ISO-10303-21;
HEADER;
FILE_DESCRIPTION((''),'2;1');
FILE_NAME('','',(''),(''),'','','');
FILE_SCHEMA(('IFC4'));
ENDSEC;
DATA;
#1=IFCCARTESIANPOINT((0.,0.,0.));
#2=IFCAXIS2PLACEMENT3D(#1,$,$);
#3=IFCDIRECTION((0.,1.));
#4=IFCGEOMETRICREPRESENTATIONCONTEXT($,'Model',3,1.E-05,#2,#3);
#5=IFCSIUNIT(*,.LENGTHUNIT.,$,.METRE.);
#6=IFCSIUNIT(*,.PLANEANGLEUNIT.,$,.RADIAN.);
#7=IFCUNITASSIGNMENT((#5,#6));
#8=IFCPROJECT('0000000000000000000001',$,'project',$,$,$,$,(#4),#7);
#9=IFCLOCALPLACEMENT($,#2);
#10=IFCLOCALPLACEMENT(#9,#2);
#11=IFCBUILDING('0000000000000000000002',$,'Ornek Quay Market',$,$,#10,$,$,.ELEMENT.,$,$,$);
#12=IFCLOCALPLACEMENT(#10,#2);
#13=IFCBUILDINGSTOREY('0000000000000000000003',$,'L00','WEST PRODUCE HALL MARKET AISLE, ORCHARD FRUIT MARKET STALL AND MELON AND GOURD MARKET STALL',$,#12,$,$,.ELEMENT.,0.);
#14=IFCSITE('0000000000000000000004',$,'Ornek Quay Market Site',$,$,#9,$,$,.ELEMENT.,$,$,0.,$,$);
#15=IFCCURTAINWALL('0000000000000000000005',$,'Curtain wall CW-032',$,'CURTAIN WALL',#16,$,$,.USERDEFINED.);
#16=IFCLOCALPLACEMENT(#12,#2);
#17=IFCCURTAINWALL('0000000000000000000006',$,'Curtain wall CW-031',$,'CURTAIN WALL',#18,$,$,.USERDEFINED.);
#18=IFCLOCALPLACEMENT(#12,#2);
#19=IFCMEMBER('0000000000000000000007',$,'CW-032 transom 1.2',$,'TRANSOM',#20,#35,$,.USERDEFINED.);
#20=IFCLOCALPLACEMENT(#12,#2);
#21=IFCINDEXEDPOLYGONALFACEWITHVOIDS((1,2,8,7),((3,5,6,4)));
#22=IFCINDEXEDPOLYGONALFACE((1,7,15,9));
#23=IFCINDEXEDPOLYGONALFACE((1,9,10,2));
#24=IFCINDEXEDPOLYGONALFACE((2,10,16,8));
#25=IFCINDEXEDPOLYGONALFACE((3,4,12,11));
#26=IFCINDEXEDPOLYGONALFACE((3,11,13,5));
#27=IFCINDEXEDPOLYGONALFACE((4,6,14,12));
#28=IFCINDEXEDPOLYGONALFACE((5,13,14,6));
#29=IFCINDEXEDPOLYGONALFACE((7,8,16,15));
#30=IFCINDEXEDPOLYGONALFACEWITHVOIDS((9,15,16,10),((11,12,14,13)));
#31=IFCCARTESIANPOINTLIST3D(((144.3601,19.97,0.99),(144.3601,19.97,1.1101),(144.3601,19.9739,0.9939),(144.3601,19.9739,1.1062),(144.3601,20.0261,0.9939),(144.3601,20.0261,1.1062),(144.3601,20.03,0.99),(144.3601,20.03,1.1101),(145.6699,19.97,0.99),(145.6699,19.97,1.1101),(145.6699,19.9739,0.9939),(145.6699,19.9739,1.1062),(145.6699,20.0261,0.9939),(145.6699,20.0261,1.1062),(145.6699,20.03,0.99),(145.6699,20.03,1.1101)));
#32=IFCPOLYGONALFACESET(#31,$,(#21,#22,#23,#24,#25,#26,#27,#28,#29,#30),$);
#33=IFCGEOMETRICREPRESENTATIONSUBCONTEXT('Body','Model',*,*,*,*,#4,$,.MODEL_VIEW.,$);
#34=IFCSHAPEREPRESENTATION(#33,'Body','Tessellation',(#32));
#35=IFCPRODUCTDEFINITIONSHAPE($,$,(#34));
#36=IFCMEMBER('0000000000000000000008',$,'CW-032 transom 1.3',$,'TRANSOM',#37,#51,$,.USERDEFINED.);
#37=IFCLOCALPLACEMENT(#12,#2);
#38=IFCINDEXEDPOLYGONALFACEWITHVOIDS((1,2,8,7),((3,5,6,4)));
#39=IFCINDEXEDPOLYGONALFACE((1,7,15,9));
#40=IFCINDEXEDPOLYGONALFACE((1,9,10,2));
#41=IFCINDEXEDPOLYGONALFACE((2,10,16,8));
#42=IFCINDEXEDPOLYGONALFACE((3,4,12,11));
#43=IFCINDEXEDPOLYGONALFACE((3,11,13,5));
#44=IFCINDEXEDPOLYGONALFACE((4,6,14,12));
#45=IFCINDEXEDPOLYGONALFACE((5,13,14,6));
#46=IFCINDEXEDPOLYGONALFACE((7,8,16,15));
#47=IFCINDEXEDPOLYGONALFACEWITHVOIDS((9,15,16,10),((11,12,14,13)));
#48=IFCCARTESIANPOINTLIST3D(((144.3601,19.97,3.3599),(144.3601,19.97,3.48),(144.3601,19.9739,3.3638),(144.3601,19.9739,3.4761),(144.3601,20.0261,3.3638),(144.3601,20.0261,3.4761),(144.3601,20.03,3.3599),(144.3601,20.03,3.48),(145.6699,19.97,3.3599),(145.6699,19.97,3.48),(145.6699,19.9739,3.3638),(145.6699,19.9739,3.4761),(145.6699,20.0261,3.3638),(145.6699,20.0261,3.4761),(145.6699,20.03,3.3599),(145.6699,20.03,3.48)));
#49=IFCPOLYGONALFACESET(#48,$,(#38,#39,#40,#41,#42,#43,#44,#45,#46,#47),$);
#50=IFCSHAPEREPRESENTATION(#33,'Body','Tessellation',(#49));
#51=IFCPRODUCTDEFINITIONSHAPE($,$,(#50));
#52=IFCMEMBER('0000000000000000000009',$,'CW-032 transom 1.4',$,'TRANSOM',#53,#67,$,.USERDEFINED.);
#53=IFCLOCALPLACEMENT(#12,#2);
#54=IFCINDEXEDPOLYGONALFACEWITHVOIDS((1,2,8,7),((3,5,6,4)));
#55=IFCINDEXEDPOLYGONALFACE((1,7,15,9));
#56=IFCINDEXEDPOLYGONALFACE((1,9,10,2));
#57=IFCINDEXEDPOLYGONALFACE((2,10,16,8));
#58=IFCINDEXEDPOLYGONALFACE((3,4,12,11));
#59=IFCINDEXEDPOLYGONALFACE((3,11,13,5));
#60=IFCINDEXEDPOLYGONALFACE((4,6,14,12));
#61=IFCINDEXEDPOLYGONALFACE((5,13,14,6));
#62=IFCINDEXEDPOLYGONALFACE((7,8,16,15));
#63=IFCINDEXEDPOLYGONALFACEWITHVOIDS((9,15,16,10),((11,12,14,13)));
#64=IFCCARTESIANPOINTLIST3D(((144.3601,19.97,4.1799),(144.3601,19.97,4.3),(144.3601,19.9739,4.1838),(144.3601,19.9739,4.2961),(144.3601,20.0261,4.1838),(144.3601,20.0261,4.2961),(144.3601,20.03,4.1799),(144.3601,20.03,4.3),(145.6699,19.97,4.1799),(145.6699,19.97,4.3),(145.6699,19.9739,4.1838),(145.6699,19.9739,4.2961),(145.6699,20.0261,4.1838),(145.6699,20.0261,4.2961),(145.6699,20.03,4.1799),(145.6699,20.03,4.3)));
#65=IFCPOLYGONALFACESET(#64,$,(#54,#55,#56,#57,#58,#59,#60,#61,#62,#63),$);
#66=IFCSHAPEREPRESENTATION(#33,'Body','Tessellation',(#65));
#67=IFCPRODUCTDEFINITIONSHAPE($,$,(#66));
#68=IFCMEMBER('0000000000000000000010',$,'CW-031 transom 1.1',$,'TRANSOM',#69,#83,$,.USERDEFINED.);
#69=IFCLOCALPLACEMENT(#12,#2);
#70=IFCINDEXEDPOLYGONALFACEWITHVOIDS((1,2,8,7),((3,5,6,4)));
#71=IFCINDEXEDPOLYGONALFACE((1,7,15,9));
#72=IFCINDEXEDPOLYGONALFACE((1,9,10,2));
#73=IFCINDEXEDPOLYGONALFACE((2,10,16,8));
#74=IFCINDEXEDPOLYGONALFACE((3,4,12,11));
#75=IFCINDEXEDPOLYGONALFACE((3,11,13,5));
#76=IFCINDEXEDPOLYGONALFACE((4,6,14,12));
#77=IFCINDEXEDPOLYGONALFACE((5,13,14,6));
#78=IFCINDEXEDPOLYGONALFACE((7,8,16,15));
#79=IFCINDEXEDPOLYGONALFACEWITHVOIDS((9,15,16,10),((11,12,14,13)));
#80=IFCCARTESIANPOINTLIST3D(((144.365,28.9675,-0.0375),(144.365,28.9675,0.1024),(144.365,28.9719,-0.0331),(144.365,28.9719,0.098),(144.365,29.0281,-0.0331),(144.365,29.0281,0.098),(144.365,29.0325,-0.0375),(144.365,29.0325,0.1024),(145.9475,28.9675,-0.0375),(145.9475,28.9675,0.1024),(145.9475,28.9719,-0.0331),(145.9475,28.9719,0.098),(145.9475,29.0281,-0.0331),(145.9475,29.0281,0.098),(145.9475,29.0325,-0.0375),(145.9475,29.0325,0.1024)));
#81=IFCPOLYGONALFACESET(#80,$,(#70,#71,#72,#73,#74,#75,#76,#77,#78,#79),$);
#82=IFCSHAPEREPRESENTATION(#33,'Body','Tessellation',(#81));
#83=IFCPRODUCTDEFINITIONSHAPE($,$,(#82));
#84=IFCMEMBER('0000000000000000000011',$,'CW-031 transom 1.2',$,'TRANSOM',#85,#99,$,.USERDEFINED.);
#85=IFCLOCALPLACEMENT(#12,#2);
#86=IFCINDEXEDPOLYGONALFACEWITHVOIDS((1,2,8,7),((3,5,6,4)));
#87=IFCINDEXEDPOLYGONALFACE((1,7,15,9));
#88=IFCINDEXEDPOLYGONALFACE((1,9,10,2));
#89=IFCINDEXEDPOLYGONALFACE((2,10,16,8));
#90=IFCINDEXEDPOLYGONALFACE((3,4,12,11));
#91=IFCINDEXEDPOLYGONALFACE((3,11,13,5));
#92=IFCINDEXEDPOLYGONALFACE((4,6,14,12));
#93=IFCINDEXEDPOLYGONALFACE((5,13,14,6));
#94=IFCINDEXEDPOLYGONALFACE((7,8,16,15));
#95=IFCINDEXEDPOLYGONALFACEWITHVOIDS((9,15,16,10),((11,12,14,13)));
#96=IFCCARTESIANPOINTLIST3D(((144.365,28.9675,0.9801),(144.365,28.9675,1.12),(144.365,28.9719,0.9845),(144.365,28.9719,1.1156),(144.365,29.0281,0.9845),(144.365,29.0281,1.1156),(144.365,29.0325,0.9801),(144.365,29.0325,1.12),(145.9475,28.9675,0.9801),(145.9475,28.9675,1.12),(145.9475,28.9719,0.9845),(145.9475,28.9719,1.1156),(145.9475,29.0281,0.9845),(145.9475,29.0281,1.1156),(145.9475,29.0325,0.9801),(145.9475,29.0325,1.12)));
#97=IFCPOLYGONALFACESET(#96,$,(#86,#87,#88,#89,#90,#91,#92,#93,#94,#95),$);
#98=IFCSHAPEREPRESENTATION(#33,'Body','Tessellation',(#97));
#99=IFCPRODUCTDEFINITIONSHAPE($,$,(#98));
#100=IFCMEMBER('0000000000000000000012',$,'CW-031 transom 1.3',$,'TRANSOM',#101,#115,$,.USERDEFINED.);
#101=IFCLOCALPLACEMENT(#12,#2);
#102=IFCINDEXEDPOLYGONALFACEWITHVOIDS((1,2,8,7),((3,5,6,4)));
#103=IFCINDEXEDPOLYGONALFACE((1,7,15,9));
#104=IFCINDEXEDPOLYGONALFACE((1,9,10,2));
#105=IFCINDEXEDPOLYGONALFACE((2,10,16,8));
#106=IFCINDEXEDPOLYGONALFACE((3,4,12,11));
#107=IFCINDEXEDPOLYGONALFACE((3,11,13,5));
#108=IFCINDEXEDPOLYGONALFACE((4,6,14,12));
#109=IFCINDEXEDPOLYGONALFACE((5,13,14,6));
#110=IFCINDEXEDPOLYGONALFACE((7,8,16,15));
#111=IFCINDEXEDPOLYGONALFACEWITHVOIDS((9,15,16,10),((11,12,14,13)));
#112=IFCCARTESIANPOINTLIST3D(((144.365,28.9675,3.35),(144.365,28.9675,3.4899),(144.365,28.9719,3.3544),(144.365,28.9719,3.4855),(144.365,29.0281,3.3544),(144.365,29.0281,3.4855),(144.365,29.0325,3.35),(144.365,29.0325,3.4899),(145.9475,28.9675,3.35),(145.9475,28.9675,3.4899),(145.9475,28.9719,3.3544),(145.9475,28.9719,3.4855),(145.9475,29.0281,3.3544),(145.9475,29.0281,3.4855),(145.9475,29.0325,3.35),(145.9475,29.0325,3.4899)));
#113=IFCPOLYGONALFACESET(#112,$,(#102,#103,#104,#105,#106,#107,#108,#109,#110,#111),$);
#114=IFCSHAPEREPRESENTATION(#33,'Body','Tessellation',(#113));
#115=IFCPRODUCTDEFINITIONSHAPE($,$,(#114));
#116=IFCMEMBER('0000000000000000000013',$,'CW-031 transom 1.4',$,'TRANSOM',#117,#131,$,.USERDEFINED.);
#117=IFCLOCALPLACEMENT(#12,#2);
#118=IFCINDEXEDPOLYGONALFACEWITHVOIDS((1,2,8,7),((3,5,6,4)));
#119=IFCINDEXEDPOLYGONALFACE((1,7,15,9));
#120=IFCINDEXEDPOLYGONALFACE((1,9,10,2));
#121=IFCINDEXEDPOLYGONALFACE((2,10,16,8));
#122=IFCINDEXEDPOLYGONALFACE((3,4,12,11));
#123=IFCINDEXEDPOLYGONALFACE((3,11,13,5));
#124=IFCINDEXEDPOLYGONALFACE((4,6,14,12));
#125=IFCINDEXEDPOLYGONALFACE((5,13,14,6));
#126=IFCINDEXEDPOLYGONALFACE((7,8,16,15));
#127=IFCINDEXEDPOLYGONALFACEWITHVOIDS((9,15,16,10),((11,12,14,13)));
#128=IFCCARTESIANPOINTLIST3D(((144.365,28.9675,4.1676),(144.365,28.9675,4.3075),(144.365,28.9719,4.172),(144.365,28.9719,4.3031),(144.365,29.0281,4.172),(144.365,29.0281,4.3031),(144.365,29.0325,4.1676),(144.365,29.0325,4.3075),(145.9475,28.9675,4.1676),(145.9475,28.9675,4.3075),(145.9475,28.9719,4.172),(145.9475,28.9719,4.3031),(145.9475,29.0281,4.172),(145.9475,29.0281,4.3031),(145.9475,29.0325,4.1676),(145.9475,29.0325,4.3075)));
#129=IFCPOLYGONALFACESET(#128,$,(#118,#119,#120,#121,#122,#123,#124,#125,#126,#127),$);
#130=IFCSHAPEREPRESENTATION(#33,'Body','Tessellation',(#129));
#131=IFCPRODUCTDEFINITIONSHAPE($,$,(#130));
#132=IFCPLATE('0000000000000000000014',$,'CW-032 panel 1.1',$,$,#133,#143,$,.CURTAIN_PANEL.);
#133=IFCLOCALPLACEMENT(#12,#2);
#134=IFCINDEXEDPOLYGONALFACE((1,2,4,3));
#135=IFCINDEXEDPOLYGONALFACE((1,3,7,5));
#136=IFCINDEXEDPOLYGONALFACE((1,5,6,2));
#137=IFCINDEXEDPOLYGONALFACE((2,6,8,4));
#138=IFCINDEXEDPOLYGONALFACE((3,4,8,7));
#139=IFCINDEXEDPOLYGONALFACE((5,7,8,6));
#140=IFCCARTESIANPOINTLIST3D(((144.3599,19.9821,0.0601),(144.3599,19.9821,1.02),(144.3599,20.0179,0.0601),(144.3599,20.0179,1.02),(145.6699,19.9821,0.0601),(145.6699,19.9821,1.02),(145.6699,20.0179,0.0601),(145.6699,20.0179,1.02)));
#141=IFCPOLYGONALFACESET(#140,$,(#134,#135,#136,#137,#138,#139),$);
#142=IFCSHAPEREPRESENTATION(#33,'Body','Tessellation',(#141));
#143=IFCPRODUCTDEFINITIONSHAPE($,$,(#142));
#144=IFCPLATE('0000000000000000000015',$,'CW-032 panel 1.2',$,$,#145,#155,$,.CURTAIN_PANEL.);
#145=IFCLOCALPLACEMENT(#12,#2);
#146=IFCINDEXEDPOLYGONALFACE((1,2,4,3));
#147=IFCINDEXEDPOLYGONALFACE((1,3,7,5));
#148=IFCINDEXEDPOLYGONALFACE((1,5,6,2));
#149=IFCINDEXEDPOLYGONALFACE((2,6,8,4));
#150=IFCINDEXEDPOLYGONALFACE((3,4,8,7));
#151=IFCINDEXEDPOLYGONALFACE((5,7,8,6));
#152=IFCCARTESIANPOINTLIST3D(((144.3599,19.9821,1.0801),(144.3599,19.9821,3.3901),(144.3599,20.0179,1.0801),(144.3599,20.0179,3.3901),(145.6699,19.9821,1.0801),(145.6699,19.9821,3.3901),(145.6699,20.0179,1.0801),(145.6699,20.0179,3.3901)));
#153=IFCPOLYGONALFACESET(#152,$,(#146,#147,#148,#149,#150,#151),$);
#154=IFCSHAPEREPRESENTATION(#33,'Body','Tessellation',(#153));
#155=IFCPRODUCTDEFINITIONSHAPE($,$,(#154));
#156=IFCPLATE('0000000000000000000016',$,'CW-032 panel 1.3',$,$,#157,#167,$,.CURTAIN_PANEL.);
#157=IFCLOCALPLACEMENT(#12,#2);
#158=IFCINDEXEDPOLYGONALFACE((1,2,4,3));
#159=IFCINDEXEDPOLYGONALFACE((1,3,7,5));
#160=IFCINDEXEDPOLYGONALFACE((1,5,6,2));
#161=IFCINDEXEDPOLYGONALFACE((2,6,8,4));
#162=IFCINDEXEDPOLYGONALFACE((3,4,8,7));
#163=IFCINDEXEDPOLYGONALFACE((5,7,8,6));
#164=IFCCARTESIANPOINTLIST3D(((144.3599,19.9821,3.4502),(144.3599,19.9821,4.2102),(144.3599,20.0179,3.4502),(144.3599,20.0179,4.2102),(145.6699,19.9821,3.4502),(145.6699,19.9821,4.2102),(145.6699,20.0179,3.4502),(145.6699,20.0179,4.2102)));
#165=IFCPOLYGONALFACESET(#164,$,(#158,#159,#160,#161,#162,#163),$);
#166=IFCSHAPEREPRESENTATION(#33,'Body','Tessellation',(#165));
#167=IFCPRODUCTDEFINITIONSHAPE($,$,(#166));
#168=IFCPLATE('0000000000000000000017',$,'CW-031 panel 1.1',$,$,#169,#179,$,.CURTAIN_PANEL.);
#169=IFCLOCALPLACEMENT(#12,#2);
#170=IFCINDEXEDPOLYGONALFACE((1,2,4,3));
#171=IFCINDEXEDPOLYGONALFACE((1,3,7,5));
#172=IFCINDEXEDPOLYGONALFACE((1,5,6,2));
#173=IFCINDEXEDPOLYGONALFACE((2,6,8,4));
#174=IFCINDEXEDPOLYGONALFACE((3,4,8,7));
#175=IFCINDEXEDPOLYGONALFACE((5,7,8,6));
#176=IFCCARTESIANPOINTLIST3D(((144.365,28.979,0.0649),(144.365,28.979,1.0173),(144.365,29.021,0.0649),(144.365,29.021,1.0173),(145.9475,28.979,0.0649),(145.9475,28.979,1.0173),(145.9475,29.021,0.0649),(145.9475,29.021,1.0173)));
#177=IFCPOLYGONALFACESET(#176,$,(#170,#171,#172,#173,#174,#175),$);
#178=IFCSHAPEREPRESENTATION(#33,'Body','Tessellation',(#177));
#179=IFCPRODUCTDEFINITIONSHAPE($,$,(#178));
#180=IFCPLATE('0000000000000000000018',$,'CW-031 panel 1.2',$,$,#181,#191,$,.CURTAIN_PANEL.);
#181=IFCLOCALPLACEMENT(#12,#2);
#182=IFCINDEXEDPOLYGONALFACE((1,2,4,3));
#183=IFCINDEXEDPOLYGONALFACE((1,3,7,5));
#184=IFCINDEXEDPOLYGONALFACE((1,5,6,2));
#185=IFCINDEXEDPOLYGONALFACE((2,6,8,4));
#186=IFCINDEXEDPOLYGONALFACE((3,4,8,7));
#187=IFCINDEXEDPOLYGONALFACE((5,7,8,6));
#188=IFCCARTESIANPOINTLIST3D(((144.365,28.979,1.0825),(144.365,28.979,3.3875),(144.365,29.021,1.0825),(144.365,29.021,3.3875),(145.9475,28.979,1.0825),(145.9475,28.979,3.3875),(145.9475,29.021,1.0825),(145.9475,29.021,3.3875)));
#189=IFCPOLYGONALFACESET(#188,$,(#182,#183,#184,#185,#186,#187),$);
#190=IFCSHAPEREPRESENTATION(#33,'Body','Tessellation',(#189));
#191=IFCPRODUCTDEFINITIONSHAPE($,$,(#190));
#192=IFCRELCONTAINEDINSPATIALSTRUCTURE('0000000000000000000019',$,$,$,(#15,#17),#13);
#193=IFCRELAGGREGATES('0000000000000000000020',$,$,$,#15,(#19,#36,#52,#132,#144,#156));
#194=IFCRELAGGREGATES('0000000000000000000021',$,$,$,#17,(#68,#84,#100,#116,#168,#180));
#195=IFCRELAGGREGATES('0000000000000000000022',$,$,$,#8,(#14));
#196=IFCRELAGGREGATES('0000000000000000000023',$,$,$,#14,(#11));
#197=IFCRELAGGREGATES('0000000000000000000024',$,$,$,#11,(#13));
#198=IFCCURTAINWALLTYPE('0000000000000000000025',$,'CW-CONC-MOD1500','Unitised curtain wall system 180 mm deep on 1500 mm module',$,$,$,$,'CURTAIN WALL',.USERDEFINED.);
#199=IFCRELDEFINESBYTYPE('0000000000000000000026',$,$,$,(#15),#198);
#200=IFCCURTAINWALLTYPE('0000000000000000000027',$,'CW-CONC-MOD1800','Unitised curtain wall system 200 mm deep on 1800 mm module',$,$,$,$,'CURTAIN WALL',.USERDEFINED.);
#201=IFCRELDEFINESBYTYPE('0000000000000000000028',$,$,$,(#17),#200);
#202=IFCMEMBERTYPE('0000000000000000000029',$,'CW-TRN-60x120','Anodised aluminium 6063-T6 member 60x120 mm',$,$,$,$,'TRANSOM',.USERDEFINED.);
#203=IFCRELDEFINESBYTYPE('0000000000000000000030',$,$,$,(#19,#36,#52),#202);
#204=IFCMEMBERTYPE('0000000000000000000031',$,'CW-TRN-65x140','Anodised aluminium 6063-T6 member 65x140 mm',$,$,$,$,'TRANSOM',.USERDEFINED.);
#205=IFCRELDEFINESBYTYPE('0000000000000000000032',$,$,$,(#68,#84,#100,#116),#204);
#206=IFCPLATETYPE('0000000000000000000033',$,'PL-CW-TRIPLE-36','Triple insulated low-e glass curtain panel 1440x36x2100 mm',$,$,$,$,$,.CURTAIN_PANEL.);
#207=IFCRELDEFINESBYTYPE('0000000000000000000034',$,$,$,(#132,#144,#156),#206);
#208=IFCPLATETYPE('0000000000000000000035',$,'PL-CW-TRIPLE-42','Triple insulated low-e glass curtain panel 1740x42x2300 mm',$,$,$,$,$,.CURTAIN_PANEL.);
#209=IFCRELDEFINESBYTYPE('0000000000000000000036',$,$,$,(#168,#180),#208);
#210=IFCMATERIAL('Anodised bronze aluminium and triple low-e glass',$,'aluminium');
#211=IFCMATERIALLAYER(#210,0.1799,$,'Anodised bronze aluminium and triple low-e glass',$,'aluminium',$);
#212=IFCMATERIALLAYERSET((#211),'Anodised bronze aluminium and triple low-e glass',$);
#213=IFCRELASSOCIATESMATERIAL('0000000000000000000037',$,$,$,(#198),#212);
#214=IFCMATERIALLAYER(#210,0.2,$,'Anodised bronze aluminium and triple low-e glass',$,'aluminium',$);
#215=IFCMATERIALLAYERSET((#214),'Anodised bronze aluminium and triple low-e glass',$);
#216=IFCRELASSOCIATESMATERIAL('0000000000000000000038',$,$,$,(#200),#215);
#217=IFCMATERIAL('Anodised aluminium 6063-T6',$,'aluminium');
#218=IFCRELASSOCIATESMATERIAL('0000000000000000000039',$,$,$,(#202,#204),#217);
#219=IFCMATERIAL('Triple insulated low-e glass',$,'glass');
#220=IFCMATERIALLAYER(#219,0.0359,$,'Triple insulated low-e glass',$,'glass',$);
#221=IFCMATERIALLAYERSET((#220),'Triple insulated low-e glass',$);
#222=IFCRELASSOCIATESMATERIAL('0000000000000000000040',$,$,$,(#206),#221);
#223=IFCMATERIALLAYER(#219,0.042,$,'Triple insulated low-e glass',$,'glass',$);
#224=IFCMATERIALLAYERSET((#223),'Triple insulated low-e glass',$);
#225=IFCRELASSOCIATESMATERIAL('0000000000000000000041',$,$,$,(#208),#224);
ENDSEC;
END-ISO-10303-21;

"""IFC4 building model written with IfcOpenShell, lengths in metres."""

from ifc_helpers import new_model, si_unit, direction, frame, origin, origin_2d, place, context, subcontext, project, spatial, rectangle, hollow_rectangle, extrude, material, layer, layer_set, material_profile, profile_set, type_object, element, aggregate, save


model = new_model("IFC4")

# Units and contexts
model_context = context("Model", 3, precision=1e-05, world=origin(), true_north=direction((0.0, 1.0)))
body_context = subcontext(model_context, "Body", "Model", "MODEL_VIEW")
ifc_project = project(units=[si_unit("LENGTHUNIT", "METRE"), si_unit("PLANEANGLEUNIT", "RADIAN")], contexts=[model_context])

# Site, building, storey
site_placement = place(None, origin())
site = spatial("IfcSite", under=ifc_project, at=site_placement, Name="Ornek Quay Market Site", CompositionType="ELEMENT", RefElevation=0.0)
building_placement = place(site_placement, origin())
building = spatial("IfcBuilding", under=site, at=building_placement, Name="Ornek Quay Market", CompositionType="ELEMENT")
storey_placement = place(building_placement, origin())
storey = spatial("IfcBuildingStorey", under=building, at=storey_placement, Name="L00", Description="WEST PRODUCE HALL MARKET AISLE, ORCHARD FRUIT MARKET STALL AND MELON AND GOURD MARKET STALL", CompositionType="ELEMENT", Elevation=0.0)

# Curtain walls
ifc_material_1 = material(Name="Anodised bronze aluminium and triple low-e glass", Category="aluminium")
ifc_layer_1 = layer(ifc_material_1, 0.1799, Name="Anodised bronze aluminium and triple low-e glass", Category="aluminium")
ifc_layer_set_1 = layer_set([ifc_layer_1], Name="Anodised bronze aluminium and triple low-e glass")
curtain_wall_type_1 = type_object("IfcCurtainWallType", Name="CW-CONC-MOD1500", Description="Unitised curtain wall system 180 mm deep on 1500 mm module", ElementType="CURTAIN WALL", PredefinedType="USERDEFINED", material=ifc_layer_set_1)
curtain_wall_1_placement = place(storey_placement, origin())
curtain_wall_1 = element("IfcCurtainWall", 1, at=curtain_wall_1_placement, inside=storey, type_object=curtain_wall_type_1, Name="Curtain wall CW-032", ObjectType="CURTAIN WALL", PredefinedType="USERDEFINED")
ifc_material_2 = material(Name="Anodised aluminium 6063-T6", Category="aluminium")
ifc_layer_2 = layer(ifc_material_1, 0.2, Name="Anodised bronze aluminium and triple low-e glass", Category="aluminium")
ifc_layer_set_2 = layer_set([ifc_layer_2], Name="Anodised bronze aluminium and triple low-e glass")
curtain_wall_type_2 = type_object("IfcCurtainWallType", Name="CW-CONC-MOD1800", Description="Unitised curtain wall system 200 mm deep on 1800 mm module", ElementType="CURTAIN WALL", PredefinedType="USERDEFINED", material=ifc_layer_set_2)
curtain_wall_2_placement = place(storey_placement, origin())
curtain_wall_2 = element("IfcCurtainWall", 2, at=curtain_wall_2_placement, inside=storey, type_object=curtain_wall_type_2, Name="Curtain wall CW-031", ObjectType="CURTAIN WALL", PredefinedType="USERDEFINED")

# Members
ifc_material_profile_1 = material_profile(ifc_material_2, hollow_rectangle(XDim=0.0601, YDim=0.1201, WallThickness=0.0039, at=origin_2d()), Name="CW-TRN-60x120", Category="aluminium")
ifc_profile_set_1 = profile_set([ifc_material_profile_1], Name="Anodised aluminium 6063-T6")
member_type_1 = type_object("IfcMemberType", Name="CW-TRN-60x120", Description="Anodised aluminium 6063-T6 member 60x120 mm", ElementType="TRANSOM", PredefinedType="USERDEFINED", material=ifc_profile_set_1)
member_1_placement = place(storey_placement, frame((144.3601, 20.0, 1.05), z_axis=(1.0, 0.0, 0.0), x_axis=(0.0, 1.0, 0.0)))
member_1 = element("IfcMember", 3, at=member_1_placement, type_object=member_type_1, Name="CW-032 transom 1.2", ObjectType="TRANSOM", PredefinedType="USERDEFINED", context=body_context, shape_type="SweptSolid", body=[
    extrude(hollow_rectangle(XDim=0.0601, YDim=0.1201, WallThickness=0.0039, at=origin_2d()), origin(), (0.0, 0.0, 1.0), 1.3098),
])
member_2_placement = place(storey_placement, frame((144.3601, 20.0, 3.4199), z_axis=(1.0, 0.0, 0.0), x_axis=(0.0, 1.0, 0.0)))
member_2 = element("IfcMember", 4, at=member_2_placement, type_object=member_type_1, Name="CW-032 transom 1.3", ObjectType="TRANSOM", PredefinedType="USERDEFINED", context=body_context, shape_type="SweptSolid", body=[
    extrude(hollow_rectangle(XDim=0.0601, YDim=0.1201, WallThickness=0.0039, at=origin_2d()), origin(), (0.0, 0.0, 1.0), 1.3098),
])
member_3_placement = place(storey_placement, frame((144.3601, 20.0, 4.24), z_axis=(1.0, 0.0, 0.0), x_axis=(0.0, 1.0, 0.0)))
member_3 = element("IfcMember", 5, at=member_3_placement, type_object=member_type_1, Name="CW-032 transom 1.4", ObjectType="TRANSOM", PredefinedType="USERDEFINED", context=body_context, shape_type="SweptSolid", body=[
    extrude(hollow_rectangle(XDim=0.0601, YDim=0.1201, WallThickness=0.0039, at=origin_2d()), origin(), (0.0, 0.0, 1.0), 1.3098),
])
ifc_material_profile_2 = material_profile(ifc_material_2, hollow_rectangle(XDim=0.0649, YDim=0.1399, WallThickness=0.0044, at=origin_2d()), Name="CW-TRN-65x140", Category="aluminium")
ifc_profile_set_2 = profile_set([ifc_material_profile_2], Name="Anodised aluminium 6063-T6")
member_type_2 = type_object("IfcMemberType", Name="CW-TRN-65x140", Description="Anodised aluminium 6063-T6 member 65x140 mm", ElementType="TRANSOM", PredefinedType="USERDEFINED", material=ifc_profile_set_2)
member_4_placement = place(storey_placement, frame((144.365, 29.0, 0.0325), z_axis=(1.0, 0.0, 0.0), x_axis=(0.0, 1.0, 0.0)))
member_4 = element("IfcMember", 6, at=member_4_placement, type_object=member_type_2, Name="CW-031 transom 1.1", ObjectType="TRANSOM", PredefinedType="USERDEFINED", context=body_context, shape_type="SweptSolid", body=[
    extrude(hollow_rectangle(XDim=0.0649, YDim=0.1399, WallThickness=0.0044, at=origin_2d()), origin(), (0.0, 0.0, 1.0), 1.5825),
])
member_5_placement = place(storey_placement, frame((144.365, 29.0, 1.05), z_axis=(1.0, 0.0, 0.0), x_axis=(0.0, 1.0, 0.0)))
member_5 = element("IfcMember", 7, at=member_5_placement, type_object=member_type_2, Name="CW-031 transom 1.2", ObjectType="TRANSOM", PredefinedType="USERDEFINED", context=body_context, shape_type="SweptSolid", body=[
    extrude(hollow_rectangle(XDim=0.0649, YDim=0.1399, WallThickness=0.0044, at=origin_2d()), origin(), (0.0, 0.0, 1.0), 1.5825),
])
member_6_placement = place(storey_placement, frame((144.365, 29.0, 3.4199), z_axis=(1.0, 0.0, 0.0), x_axis=(0.0, 1.0, 0.0)))
member_6 = element("IfcMember", 8, at=member_6_placement, type_object=member_type_2, Name="CW-031 transom 1.3", ObjectType="TRANSOM", PredefinedType="USERDEFINED", context=body_context, shape_type="SweptSolid", body=[
    extrude(hollow_rectangle(XDim=0.0649, YDim=0.1399, WallThickness=0.0044, at=origin_2d()), origin(), (0.0, 0.0, 1.0), 1.5825),
])
member_7_placement = place(storey_placement, frame((144.365, 29.0, 4.2375), z_axis=(1.0, 0.0, 0.0), x_axis=(0.0, 1.0, 0.0)))
member_7 = element("IfcMember", 9, at=member_7_placement, type_object=member_type_2, Name="CW-031 transom 1.4", ObjectType="TRANSOM", PredefinedType="USERDEFINED", context=body_context, shape_type="SweptSolid", body=[
    extrude(hollow_rectangle(XDim=0.0649, YDim=0.1399, WallThickness=0.0044, at=origin_2d()), origin(), (0.0, 0.0, 1.0), 1.5825),
])

# Plates
ifc_material_3 = material(Name="Triple insulated low-e glass", Category="glass")
ifc_layer_3 = layer(ifc_material_3, 0.0359, Name="Triple insulated low-e glass", Category="glass")
ifc_layer_set_3 = layer_set([ifc_layer_3], Name="Triple insulated low-e glass")
plate_type_1 = type_object("IfcPlateType", Name="PL-CW-TRIPLE-36", Description="Triple insulated low-e glass curtain panel 1440x36x2100 mm", PredefinedType="CURTAIN_PANEL", material=ifc_layer_set_3)
plate_1_placement = place(storey_placement, frame((145.0149, 20.0, 0.0601), z_axis=(0.0, 0.0, 1.0), x_axis=(1.0, 0.0, 0.0)))
plate_1 = element("IfcPlate", 10, at=plate_1_placement, type_object=plate_type_1, Name="CW-032 panel 1.1", PredefinedType="CURTAIN_PANEL", context=body_context, shape_type="SweptSolid", body=[
    extrude(rectangle(XDim=1.3101, YDim=0.0359, at=origin_2d()), origin(), (0.0, 0.0, 1.0), 0.96),
])
plate_2_placement = place(storey_placement, frame((145.0149, 20.0, 1.0801), z_axis=(0.0, 0.0, 1.0), x_axis=(1.0, 0.0, 0.0)))
plate_2 = element("IfcPlate", 11, at=plate_2_placement, type_object=plate_type_1, Name="CW-032 panel 1.2", PredefinedType="CURTAIN_PANEL", context=body_context, shape_type="SweptSolid", body=[
    extrude(rectangle(XDim=1.3101, YDim=0.0359, at=origin_2d()), origin(), (0.0, 0.0, 1.0), 2.3101),
])
plate_3_placement = place(storey_placement, frame((145.0149, 20.0, 3.4502), z_axis=(0.0, 0.0, 1.0), x_axis=(1.0, 0.0, 0.0)))
plate_3 = element("IfcPlate", 12, at=plate_3_placement, type_object=plate_type_1, Name="CW-032 panel 1.3", PredefinedType="CURTAIN_PANEL", context=body_context, shape_type="SweptSolid", body=[
    extrude(rectangle(XDim=1.3101, YDim=0.0359, at=origin_2d()), origin(), (0.0, 0.0, 1.0), 0.76),
])
aggregate(curtain_wall_1, [member_1, member_2, member_3, plate_1, plate_2, plate_3])
ifc_layer_4 = layer(ifc_material_3, 0.042, Name="Triple insulated low-e glass", Category="glass")
ifc_layer_set_4 = layer_set([ifc_layer_4], Name="Triple insulated low-e glass")
plate_type_2 = type_object("IfcPlateType", Name="PL-CW-TRIPLE-42", Description="Triple insulated low-e glass curtain panel 1740x42x2300 mm", PredefinedType="CURTAIN_PANEL", material=ifc_layer_set_4)
plate_4_placement = place(storey_placement, frame((145.1562, 29.0, 0.0649), z_axis=(0.0, 0.0, 1.0), x_axis=(1.0, 0.0, 0.0)))
plate_4 = element("IfcPlate", 13, at=plate_4_placement, type_object=plate_type_2, Name="CW-031 panel 1.1", PredefinedType="CURTAIN_PANEL", context=body_context, shape_type="SweptSolid", body=[
    extrude(rectangle(XDim=1.5825, YDim=0.042, at=origin_2d()), origin(), (0.0, 0.0, 1.0), 0.9524),
])
plate_5_placement = place(storey_placement, frame((145.1562, 29.0, 1.0825), z_axis=(0.0, 0.0, 1.0), x_axis=(1.0, 0.0, 0.0)))
plate_5 = element("IfcPlate", 14, at=plate_5_placement, type_object=plate_type_2, Name="CW-031 panel 1.2", PredefinedType="CURTAIN_PANEL", context=body_context, shape_type="SweptSolid", body=[
    extrude(rectangle(XDim=1.5825, YDim=0.042, at=origin_2d()), origin(), (0.0, 0.0, 1.0), 2.3049),
])
aggregate(curtain_wall_2, [member_4, member_5, member_6, member_7, plate_4, plate_5])

save(model, "model.ifc")
